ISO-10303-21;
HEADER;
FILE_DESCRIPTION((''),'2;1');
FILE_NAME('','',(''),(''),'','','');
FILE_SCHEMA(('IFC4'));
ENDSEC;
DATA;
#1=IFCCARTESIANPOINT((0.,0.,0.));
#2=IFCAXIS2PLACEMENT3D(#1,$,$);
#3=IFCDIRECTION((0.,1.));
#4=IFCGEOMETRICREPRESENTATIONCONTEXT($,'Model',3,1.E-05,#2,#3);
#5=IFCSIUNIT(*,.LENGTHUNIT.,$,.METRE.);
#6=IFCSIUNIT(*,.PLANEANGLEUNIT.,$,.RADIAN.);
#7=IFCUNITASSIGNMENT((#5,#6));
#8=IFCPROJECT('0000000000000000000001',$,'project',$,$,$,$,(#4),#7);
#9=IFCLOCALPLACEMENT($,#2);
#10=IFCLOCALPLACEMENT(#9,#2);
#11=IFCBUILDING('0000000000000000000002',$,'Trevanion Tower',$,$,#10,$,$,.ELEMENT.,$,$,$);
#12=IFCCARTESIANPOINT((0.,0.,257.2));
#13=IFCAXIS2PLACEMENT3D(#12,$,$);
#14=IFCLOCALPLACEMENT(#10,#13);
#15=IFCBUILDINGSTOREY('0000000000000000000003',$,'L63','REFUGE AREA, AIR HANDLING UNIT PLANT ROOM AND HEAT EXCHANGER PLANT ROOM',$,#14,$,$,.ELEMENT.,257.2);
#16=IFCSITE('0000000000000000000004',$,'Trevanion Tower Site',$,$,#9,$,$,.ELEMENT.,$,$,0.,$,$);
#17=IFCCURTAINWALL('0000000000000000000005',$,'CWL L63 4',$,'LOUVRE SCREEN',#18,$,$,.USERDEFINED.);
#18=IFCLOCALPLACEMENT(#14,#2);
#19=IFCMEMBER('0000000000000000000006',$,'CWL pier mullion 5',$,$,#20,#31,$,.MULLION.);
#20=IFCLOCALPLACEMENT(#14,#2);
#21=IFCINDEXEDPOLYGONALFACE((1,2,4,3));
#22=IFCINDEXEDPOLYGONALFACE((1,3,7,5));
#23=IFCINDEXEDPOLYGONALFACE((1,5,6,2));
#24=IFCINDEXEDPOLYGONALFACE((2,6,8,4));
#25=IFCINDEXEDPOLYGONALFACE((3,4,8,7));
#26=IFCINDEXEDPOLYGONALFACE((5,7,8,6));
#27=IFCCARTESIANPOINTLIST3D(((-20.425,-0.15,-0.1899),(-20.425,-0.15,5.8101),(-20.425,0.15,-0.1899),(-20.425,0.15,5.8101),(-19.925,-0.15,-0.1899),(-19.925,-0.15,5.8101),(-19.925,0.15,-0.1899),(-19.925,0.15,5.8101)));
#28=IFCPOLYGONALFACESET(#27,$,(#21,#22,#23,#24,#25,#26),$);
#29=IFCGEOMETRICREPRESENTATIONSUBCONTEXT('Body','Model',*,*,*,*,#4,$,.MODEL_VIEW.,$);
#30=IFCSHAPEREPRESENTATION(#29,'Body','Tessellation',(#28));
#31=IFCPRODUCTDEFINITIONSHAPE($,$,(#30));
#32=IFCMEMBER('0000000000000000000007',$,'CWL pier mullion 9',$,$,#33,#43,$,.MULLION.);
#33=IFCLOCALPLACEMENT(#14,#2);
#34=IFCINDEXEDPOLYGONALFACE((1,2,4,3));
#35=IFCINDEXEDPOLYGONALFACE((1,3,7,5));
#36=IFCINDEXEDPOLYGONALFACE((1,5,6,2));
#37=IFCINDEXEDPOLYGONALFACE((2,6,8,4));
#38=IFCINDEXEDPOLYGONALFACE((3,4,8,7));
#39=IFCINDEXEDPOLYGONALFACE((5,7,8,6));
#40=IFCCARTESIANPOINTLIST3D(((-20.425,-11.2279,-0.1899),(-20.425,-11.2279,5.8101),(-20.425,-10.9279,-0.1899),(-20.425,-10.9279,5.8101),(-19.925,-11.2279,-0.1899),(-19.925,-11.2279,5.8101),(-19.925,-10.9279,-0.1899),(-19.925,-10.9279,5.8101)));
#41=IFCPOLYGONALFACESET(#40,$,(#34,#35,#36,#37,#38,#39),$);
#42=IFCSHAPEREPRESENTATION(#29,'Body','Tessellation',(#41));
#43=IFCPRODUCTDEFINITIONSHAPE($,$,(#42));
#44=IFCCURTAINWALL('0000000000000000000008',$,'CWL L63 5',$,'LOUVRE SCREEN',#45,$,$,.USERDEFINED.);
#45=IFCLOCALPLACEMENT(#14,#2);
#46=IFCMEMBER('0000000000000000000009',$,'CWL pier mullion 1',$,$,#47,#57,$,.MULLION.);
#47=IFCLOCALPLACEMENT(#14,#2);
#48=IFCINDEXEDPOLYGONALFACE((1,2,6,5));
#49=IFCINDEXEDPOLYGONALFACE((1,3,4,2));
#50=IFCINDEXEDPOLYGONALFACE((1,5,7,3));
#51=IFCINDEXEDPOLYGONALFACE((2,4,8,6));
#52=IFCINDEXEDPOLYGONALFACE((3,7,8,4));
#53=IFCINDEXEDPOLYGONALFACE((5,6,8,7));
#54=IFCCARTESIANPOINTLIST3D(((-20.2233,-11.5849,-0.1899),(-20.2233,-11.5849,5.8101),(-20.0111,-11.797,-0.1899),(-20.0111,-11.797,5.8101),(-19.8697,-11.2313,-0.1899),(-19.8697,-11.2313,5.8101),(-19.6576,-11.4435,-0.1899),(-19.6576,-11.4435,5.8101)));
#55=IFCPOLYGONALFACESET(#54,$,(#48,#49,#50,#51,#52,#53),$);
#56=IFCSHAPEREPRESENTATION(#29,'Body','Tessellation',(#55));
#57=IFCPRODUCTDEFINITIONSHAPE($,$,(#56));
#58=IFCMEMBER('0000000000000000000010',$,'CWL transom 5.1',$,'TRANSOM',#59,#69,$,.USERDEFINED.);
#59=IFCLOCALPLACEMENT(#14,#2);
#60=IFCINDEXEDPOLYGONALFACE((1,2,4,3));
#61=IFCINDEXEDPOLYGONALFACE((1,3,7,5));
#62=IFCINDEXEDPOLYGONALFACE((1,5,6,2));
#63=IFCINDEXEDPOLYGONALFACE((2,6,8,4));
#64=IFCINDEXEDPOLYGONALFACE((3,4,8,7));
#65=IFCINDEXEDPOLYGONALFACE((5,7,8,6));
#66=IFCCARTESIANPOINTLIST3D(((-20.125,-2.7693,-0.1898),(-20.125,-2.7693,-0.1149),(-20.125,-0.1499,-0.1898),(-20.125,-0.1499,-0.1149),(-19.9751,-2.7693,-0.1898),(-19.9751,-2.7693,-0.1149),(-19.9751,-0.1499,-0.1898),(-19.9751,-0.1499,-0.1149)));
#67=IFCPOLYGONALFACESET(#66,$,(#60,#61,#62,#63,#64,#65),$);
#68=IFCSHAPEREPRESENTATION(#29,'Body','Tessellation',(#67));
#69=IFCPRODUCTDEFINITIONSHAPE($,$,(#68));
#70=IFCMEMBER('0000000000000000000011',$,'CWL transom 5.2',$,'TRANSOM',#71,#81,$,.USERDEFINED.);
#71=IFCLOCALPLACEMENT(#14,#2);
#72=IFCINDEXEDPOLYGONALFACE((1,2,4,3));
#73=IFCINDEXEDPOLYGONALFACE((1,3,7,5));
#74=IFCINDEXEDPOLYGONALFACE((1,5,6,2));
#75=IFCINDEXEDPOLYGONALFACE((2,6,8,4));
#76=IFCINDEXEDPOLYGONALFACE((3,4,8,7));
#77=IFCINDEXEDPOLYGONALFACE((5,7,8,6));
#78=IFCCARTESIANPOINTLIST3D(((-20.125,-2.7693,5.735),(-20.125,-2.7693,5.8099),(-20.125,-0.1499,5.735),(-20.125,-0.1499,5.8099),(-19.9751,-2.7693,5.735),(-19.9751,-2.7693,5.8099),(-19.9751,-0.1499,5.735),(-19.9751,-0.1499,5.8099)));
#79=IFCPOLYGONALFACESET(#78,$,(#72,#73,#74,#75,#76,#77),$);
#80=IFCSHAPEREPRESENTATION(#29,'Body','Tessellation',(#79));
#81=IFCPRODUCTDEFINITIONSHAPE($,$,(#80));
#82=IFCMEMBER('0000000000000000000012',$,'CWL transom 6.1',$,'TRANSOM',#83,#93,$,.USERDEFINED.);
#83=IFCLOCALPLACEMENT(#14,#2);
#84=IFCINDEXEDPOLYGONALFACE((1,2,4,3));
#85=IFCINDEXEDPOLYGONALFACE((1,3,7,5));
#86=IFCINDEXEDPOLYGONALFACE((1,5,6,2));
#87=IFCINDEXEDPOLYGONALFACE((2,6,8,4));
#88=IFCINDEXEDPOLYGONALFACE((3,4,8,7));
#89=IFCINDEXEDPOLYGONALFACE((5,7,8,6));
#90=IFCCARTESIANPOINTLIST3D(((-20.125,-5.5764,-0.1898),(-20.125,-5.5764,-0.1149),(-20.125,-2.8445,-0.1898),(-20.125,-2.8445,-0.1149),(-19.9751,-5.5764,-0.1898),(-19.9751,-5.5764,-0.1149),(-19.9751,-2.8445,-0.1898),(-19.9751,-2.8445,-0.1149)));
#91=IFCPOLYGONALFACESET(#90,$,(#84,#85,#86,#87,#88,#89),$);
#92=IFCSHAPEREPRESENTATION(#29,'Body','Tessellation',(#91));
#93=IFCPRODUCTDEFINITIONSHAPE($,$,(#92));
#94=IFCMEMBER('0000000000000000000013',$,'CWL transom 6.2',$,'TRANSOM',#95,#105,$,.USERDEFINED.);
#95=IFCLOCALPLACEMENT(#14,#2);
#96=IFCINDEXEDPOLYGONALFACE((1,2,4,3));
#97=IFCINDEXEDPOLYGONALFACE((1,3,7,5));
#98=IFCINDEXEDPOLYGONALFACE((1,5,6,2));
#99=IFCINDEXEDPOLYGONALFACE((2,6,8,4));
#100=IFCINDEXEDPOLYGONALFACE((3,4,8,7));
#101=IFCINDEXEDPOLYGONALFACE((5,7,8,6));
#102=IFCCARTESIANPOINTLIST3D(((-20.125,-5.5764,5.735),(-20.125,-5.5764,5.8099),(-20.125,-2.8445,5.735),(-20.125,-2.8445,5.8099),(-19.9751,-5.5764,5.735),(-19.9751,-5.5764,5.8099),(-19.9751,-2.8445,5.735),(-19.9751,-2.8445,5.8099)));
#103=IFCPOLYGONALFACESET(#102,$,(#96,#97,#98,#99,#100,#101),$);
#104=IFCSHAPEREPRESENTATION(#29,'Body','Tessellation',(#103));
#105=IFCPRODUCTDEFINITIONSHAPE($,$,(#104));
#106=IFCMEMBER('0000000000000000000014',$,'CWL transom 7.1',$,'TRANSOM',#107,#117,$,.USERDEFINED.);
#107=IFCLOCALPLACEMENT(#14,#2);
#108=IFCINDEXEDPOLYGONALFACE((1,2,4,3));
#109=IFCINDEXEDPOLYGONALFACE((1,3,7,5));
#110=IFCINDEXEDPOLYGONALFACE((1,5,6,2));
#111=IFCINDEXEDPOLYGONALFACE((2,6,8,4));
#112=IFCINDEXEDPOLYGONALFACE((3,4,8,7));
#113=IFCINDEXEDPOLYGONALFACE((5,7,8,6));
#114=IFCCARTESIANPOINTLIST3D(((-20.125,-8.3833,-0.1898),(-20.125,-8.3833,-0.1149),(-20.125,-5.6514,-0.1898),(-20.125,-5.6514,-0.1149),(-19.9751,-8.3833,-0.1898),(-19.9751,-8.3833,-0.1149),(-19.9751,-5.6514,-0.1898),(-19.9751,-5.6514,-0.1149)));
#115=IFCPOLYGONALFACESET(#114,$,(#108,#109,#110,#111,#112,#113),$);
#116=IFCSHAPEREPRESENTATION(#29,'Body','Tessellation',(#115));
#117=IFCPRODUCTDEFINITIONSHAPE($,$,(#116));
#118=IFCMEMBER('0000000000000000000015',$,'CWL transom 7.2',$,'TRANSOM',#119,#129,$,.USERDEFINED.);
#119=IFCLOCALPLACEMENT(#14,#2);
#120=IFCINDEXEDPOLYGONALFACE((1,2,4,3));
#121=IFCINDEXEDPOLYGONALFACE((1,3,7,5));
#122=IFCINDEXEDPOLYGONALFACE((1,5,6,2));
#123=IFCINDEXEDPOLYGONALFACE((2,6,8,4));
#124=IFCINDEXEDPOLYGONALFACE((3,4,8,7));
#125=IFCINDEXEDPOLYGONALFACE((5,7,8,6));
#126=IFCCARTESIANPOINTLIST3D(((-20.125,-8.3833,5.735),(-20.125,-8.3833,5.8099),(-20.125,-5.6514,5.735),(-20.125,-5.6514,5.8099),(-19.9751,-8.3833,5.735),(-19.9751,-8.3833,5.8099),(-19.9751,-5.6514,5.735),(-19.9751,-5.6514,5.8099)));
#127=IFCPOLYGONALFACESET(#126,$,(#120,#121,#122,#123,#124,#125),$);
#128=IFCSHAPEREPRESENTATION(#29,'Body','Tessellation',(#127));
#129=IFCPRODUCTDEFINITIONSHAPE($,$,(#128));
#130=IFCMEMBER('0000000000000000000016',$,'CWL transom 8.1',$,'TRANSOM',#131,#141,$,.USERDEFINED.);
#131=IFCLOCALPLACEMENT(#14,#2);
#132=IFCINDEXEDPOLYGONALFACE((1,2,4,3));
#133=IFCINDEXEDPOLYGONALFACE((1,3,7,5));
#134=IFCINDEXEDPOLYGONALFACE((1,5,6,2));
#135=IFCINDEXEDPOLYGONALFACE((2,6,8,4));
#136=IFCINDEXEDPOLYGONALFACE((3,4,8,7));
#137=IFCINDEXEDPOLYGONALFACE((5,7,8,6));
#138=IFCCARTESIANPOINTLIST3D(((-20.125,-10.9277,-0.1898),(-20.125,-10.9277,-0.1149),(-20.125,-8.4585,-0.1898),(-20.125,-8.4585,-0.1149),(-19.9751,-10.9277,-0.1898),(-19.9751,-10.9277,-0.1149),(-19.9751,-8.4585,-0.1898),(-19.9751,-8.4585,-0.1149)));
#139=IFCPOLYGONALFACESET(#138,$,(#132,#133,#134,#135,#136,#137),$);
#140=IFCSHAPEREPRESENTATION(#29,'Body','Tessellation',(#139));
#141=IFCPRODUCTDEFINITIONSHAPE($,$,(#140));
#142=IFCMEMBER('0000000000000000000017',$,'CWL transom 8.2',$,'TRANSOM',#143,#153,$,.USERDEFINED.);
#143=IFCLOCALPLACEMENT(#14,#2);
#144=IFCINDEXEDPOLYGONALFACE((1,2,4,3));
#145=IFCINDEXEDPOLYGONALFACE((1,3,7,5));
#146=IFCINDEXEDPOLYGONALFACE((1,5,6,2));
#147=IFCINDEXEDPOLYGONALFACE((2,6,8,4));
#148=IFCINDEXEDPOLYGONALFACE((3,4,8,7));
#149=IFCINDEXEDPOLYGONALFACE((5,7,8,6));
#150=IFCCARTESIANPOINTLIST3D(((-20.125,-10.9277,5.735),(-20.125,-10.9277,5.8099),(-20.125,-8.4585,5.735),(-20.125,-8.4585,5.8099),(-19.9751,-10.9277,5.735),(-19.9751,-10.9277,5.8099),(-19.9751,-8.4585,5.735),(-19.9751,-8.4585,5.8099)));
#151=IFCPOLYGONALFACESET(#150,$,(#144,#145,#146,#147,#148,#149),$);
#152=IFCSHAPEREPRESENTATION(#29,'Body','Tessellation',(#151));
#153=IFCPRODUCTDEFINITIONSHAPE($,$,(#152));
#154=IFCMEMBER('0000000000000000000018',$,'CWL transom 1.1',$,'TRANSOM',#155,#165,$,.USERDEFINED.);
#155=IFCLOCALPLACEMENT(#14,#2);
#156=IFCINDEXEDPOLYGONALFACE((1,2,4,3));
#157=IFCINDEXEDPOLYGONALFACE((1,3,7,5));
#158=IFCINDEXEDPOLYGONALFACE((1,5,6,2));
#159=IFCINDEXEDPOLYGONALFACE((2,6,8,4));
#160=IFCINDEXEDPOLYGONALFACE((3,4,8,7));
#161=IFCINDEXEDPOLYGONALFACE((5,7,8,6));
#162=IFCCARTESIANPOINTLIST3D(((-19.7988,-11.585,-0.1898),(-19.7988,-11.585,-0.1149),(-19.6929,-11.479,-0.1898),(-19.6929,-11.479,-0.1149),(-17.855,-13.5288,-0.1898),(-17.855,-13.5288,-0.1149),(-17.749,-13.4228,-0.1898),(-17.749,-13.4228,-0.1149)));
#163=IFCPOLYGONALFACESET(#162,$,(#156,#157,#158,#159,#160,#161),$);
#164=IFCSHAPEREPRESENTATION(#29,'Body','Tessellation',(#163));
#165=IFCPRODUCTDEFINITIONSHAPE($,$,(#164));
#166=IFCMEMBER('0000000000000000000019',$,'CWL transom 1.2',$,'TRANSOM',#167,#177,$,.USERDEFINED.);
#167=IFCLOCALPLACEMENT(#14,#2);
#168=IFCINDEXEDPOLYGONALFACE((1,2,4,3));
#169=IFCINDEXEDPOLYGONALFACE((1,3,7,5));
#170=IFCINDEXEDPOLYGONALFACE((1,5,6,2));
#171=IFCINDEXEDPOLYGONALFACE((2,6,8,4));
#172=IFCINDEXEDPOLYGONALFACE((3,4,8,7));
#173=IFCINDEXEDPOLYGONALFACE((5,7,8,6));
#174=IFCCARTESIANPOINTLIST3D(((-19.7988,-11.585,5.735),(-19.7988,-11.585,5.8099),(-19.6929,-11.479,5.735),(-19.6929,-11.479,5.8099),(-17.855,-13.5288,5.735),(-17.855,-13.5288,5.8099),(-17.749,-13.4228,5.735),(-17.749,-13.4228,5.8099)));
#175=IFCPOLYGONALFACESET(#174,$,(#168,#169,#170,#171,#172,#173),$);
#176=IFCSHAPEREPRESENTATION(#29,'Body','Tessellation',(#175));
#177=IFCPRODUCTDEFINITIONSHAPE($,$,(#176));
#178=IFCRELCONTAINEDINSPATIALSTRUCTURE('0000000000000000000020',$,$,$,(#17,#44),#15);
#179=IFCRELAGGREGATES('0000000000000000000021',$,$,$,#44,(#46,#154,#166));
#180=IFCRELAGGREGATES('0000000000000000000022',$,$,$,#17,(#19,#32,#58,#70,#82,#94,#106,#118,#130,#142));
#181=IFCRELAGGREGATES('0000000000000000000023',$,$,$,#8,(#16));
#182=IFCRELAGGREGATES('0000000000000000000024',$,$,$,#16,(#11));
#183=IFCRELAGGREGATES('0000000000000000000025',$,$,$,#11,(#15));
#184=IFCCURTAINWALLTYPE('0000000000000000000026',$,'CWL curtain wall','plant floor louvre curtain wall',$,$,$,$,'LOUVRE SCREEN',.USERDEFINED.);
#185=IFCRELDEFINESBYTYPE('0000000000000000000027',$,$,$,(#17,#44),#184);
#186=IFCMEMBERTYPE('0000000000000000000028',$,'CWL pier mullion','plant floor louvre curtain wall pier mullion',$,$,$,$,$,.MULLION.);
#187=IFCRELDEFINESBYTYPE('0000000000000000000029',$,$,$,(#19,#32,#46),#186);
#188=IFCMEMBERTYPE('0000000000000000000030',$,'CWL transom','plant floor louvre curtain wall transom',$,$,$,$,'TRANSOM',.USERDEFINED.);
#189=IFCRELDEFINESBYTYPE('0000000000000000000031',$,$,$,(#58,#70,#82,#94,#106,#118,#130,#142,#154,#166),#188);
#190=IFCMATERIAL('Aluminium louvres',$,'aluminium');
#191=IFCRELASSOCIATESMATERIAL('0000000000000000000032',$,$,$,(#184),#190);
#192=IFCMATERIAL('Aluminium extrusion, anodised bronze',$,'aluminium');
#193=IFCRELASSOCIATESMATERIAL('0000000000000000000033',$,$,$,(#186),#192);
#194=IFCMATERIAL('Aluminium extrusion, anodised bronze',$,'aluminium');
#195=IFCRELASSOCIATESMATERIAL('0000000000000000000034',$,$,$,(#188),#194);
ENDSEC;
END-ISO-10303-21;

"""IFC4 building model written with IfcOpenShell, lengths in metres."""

from ifc_helpers import new_model, si_unit, direction, frame, origin, origin_2d, place, context, subcontext, project, spatial, rectangle, extrude, material, material_profile, profile_set, type_object, element, aggregate, save


model = new_model("IFC4")

# Units and contexts
model_context = context("Model", 3, precision=1e-05, world=origin(), true_north=direction((0.0, 1.0)))
body_context = subcontext(model_context, "Body", "Model", "MODEL_VIEW")
ifc_project = project(units=[si_unit("LENGTHUNIT", "METRE"), si_unit("PLANEANGLEUNIT", "RADIAN")], contexts=[model_context])

# Site, building, storey
site_placement = place(None, origin())
site = spatial("IfcSite", under=ifc_project, at=site_placement, Name="Trevanion Tower Site", CompositionType="ELEMENT", RefElevation=0.0)
building_placement = place(site_placement, origin())
building = spatial("IfcBuilding", under=site, at=building_placement, Name="Trevanion Tower", CompositionType="ELEMENT")
storey_placement = place(building_placement, frame((0.0, 0.0, 257.2)))
storey = spatial("IfcBuildingStorey", under=building, at=storey_placement, Name="L63", Description="REFUGE AREA, AIR HANDLING UNIT PLANT ROOM AND HEAT EXCHANGER PLANT ROOM", CompositionType="ELEMENT", Elevation=257.2)

# Curtain wall, members
ifc_material_1 = material(Name="Aluminium louvres", Category="aluminium")
curtain_wall_type = type_object("IfcCurtainWallType", Name="CWL curtain wall", Description="plant floor louvre curtain wall", ElementType="LOUVRE SCREEN", PredefinedType="USERDEFINED", material=ifc_material_1)
curtain_wall_1_placement = place(storey_placement, origin())
curtain_wall_1 = element("IfcCurtainWall", 1, at=curtain_wall_1_placement, inside=storey, type_object=curtain_wall_type, Name="CWL L63 4", ObjectType="LOUVRE SCREEN", PredefinedType="USERDEFINED")
ifc_material_2 = material(Name="Aluminium extrusion, anodised bronze", Category="aluminium")
ifc_material_profile_1 = material_profile(ifc_material_2, rectangle(XDim=0.3, YDim=0.5, at=origin_2d()), Name="CWL pier mullion")
ifc_profile_set_1 = profile_set([ifc_material_profile_1], Name="Aluminium extrusion, anodised bronze")
member_type_1 = type_object("IfcMemberType", Name="CWL pier mullion", Description="plant floor louvre curtain wall pier mullion", PredefinedType="MULLION", material=ifc_profile_set_1)
member_1_placement = place(storey_placement, frame((-20.175, 0.0, -0.1899), z_axis=(0.0, 0.0, 1.0), x_axis=(0.0, -1.0, 0.0)))
member_1 = element("IfcMember", 2, at=member_1_placement, type_object=member_type_1, Name="CWL pier mullion 5", PredefinedType="MULLION", context=body_context, shape_type="SweptSolid", body=[
    extrude(rectangle(XDim=0.3, YDim=0.5, at=origin_2d()), origin(), (0.0, 0.0, 1.0), 6.0),
])
member_2_placement = place(storey_placement, frame((-20.175, -11.0779, -0.1899), z_axis=(0.0, 0.0, 1.0), x_axis=(0.0, -1.0, 0.0)))
member_2 = element("IfcMember", 3, at=member_2_placement, type_object=member_type_1, Name="CWL pier mullion 9", PredefinedType="MULLION", context=body_context, shape_type="SweptSolid", body=[
    extrude(rectangle(XDim=0.3, YDim=0.5, at=origin_2d()), origin(), (0.0, 0.0, 1.0), 6.0),
])

# Curtain wall, member
curtain_wall_2_placement = place(storey_placement, origin())
curtain_wall_2 = element("IfcCurtainWall", 4, at=curtain_wall_2_placement, inside=storey, type_object=curtain_wall_type, Name="CWL L63 5", ObjectType="LOUVRE SCREEN", PredefinedType="USERDEFINED")
member_3_placement = place(storey_placement, frame((-19.9404, -11.5142, -0.1899), z_axis=(0.0, 0.0, 1.0), x_axis=(0.707107, -0.707107, 0.0)))
member_3 = element("IfcMember", 5, at=member_3_placement, type_object=member_type_1, Name="CWL pier mullion 1", PredefinedType="MULLION", context=body_context, shape_type="SweptSolid", body=[
    extrude(rectangle(XDim=0.3, YDim=0.5, at=origin_2d()), origin(), (0.0, 0.0, 1.0), 6.0),
])

# Members
ifc_material_3 = material(Name="Aluminium extrusion, anodised bronze", Category="aluminium")
ifc_material_profile_2 = material_profile(ifc_material_3, rectangle(XDim=0.1499, YDim=0.075, at=origin_2d()), Name="CWL transom")
ifc_profile_set_2 = profile_set([ifc_material_profile_2], Name="Aluminium extrusion, anodised bronze")
member_type_2 = type_object("IfcMemberType", Name="CWL transom", Description="plant floor louvre curtain wall transom", ElementType="TRANSOM", PredefinedType="USERDEFINED", material=ifc_profile_set_2)
member_4_placement = place(storey_placement, frame((-20.05, -0.1499, -0.1523), z_axis=(0.0, -1.0, 0.0), x_axis=(1.0, 0.0, 0.0)))
member_4 = element("IfcMember", 6, at=member_4_placement, type_object=member_type_2, Name="CWL transom 5.1", ObjectType="TRANSOM", PredefinedType="USERDEFINED", context=body_context, shape_type="SweptSolid", body=[
    extrude(rectangle(XDim=0.1499, YDim=0.075, at=origin_2d()), origin(), (0.0, 0.0, 1.0), 2.6194),
])
member_5_placement = place(storey_placement, frame((-20.05, -0.1499, 5.7725), z_axis=(0.0, -1.0, 0.0), x_axis=(1.0, 0.0, 0.0)))
member_5 = element("IfcMember", 7, at=member_5_placement, type_object=member_type_2, Name="CWL transom 5.2", ObjectType="TRANSOM", PredefinedType="USERDEFINED", context=body_context, shape_type="SweptSolid", body=[
    extrude(rectangle(XDim=0.1499, YDim=0.075, at=origin_2d()), origin(), (0.0, 0.0, 1.0), 2.6194),
])
member_6_placement = place(storey_placement, frame((-20.05, -2.8445, -0.1523), z_axis=(0.0, -1.0, 0.0), x_axis=(1.0, 0.0, 0.0)))
member_6 = element("IfcMember", 8, at=member_6_placement, type_object=member_type_2, Name="CWL transom 6.1", ObjectType="TRANSOM", PredefinedType="USERDEFINED", context=body_context, shape_type="SweptSolid", body=[
    extrude(rectangle(XDim=0.1499, YDim=0.075, at=origin_2d()), origin(), (0.0, 0.0, 1.0), 2.7319),
])
member_7_placement = place(storey_placement, frame((-20.05, -2.8445, 5.7725), z_axis=(0.0, -1.0, 0.0), x_axis=(1.0, 0.0, 0.0)))
member_7 = element("IfcMember", 9, at=member_7_placement, type_object=member_type_2, Name="CWL transom 6.2", ObjectType="TRANSOM", PredefinedType="USERDEFINED", context=body_context, shape_type="SweptSolid", body=[
    extrude(rectangle(XDim=0.1499, YDim=0.075, at=origin_2d()), origin(), (0.0, 0.0, 1.0), 2.7319),
])
member_8_placement = place(storey_placement, frame((-20.05, -5.6514, -0.1523), z_axis=(0.0, -1.0, 0.0), x_axis=(1.0, 0.0, 0.0)))
member_8 = element("IfcMember", 10, at=member_8_placement, type_object=member_type_2, Name="CWL transom 7.1", ObjectType="TRANSOM", PredefinedType="USERDEFINED", context=body_context, shape_type="SweptSolid", body=[
    extrude(rectangle(XDim=0.1499, YDim=0.075, at=origin_2d()), origin(), (0.0, 0.0, 1.0), 2.7319),
])
member_9_placement = place(storey_placement, frame((-20.05, -5.6514, 5.7725), z_axis=(0.0, -1.0, 0.0), x_axis=(1.0, 0.0, 0.0)))
member_9 = element("IfcMember", 11, at=member_9_placement, type_object=member_type_2, Name="CWL transom 7.2", ObjectType="TRANSOM", PredefinedType="USERDEFINED", context=body_context, shape_type="SweptSolid", body=[
    extrude(rectangle(XDim=0.1499, YDim=0.075, at=origin_2d()), origin(), (0.0, 0.0, 1.0), 2.7319),
])
member_10_placement = place(storey_placement, frame((-20.05, -8.4585, -0.1523), z_axis=(0.0, -1.0, 0.0), x_axis=(1.0, 0.0, 0.0)))
member_10 = element("IfcMember", 12, at=member_10_placement, type_object=member_type_2, Name="CWL transom 8.1", ObjectType="TRANSOM", PredefinedType="USERDEFINED", context=body_context, shape_type="SweptSolid", body=[
    extrude(rectangle(XDim=0.1499, YDim=0.075, at=origin_2d()), origin(), (0.0, 0.0, 1.0), 2.4692),
])
member_11_placement = place(storey_placement, frame((-20.05, -8.4585, 5.7725), z_axis=(0.0, -1.0, 0.0), x_axis=(1.0, 0.0, 0.0)))
member_11 = element("IfcMember", 13, at=member_11_placement, type_object=member_type_2, Name="CWL transom 8.2", ObjectType="TRANSOM", PredefinedType="USERDEFINED", context=body_context, shape_type="SweptSolid", body=[
    extrude(rectangle(XDim=0.1499, YDim=0.075, at=origin_2d()), origin(), (0.0, 0.0, 1.0), 2.4692),
])
member_12_placement = place(storey_placement, frame((-19.7458, -11.532, -0.1523), z_axis=(0.707107, -0.707107, 0.0), x_axis=(0.707107, 0.707107, 0.0)))
member_12 = element("IfcMember", 14, at=member_12_placement, type_object=member_type_2, Name="CWL transom 1.1", ObjectType="TRANSOM", PredefinedType="USERDEFINED", context=body_context, shape_type="SweptSolid", body=[
    extrude(rectangle(XDim=0.1499, YDim=0.075, at=origin_2d()), origin(), (0.0, 0.0, 1.0), 2.749),
])
member_13_placement = place(storey_placement, frame((-19.7458, -11.532, 5.7725), z_axis=(0.707107, -0.707107, 0.0), x_axis=(0.707107, 0.707107, 0.0)))
member_13 = element("IfcMember", 15, at=member_13_placement, type_object=member_type_2, Name="CWL transom 1.2", ObjectType="TRANSOM", PredefinedType="USERDEFINED", context=body_context, shape_type="SweptSolid", body=[
    extrude(rectangle(XDim=0.1499, YDim=0.075, at=origin_2d()), origin(), (0.0, 0.0, 1.0), 2.749),
])
aggregate(curtain_wall_2, [member_3, member_12, member_13])

aggregate(curtain_wall_1, [member_1, member_2, member_4, member_5, member_6, member_7, member_8, member_9, member_10, member_11])

save(model, "model.ifc")
